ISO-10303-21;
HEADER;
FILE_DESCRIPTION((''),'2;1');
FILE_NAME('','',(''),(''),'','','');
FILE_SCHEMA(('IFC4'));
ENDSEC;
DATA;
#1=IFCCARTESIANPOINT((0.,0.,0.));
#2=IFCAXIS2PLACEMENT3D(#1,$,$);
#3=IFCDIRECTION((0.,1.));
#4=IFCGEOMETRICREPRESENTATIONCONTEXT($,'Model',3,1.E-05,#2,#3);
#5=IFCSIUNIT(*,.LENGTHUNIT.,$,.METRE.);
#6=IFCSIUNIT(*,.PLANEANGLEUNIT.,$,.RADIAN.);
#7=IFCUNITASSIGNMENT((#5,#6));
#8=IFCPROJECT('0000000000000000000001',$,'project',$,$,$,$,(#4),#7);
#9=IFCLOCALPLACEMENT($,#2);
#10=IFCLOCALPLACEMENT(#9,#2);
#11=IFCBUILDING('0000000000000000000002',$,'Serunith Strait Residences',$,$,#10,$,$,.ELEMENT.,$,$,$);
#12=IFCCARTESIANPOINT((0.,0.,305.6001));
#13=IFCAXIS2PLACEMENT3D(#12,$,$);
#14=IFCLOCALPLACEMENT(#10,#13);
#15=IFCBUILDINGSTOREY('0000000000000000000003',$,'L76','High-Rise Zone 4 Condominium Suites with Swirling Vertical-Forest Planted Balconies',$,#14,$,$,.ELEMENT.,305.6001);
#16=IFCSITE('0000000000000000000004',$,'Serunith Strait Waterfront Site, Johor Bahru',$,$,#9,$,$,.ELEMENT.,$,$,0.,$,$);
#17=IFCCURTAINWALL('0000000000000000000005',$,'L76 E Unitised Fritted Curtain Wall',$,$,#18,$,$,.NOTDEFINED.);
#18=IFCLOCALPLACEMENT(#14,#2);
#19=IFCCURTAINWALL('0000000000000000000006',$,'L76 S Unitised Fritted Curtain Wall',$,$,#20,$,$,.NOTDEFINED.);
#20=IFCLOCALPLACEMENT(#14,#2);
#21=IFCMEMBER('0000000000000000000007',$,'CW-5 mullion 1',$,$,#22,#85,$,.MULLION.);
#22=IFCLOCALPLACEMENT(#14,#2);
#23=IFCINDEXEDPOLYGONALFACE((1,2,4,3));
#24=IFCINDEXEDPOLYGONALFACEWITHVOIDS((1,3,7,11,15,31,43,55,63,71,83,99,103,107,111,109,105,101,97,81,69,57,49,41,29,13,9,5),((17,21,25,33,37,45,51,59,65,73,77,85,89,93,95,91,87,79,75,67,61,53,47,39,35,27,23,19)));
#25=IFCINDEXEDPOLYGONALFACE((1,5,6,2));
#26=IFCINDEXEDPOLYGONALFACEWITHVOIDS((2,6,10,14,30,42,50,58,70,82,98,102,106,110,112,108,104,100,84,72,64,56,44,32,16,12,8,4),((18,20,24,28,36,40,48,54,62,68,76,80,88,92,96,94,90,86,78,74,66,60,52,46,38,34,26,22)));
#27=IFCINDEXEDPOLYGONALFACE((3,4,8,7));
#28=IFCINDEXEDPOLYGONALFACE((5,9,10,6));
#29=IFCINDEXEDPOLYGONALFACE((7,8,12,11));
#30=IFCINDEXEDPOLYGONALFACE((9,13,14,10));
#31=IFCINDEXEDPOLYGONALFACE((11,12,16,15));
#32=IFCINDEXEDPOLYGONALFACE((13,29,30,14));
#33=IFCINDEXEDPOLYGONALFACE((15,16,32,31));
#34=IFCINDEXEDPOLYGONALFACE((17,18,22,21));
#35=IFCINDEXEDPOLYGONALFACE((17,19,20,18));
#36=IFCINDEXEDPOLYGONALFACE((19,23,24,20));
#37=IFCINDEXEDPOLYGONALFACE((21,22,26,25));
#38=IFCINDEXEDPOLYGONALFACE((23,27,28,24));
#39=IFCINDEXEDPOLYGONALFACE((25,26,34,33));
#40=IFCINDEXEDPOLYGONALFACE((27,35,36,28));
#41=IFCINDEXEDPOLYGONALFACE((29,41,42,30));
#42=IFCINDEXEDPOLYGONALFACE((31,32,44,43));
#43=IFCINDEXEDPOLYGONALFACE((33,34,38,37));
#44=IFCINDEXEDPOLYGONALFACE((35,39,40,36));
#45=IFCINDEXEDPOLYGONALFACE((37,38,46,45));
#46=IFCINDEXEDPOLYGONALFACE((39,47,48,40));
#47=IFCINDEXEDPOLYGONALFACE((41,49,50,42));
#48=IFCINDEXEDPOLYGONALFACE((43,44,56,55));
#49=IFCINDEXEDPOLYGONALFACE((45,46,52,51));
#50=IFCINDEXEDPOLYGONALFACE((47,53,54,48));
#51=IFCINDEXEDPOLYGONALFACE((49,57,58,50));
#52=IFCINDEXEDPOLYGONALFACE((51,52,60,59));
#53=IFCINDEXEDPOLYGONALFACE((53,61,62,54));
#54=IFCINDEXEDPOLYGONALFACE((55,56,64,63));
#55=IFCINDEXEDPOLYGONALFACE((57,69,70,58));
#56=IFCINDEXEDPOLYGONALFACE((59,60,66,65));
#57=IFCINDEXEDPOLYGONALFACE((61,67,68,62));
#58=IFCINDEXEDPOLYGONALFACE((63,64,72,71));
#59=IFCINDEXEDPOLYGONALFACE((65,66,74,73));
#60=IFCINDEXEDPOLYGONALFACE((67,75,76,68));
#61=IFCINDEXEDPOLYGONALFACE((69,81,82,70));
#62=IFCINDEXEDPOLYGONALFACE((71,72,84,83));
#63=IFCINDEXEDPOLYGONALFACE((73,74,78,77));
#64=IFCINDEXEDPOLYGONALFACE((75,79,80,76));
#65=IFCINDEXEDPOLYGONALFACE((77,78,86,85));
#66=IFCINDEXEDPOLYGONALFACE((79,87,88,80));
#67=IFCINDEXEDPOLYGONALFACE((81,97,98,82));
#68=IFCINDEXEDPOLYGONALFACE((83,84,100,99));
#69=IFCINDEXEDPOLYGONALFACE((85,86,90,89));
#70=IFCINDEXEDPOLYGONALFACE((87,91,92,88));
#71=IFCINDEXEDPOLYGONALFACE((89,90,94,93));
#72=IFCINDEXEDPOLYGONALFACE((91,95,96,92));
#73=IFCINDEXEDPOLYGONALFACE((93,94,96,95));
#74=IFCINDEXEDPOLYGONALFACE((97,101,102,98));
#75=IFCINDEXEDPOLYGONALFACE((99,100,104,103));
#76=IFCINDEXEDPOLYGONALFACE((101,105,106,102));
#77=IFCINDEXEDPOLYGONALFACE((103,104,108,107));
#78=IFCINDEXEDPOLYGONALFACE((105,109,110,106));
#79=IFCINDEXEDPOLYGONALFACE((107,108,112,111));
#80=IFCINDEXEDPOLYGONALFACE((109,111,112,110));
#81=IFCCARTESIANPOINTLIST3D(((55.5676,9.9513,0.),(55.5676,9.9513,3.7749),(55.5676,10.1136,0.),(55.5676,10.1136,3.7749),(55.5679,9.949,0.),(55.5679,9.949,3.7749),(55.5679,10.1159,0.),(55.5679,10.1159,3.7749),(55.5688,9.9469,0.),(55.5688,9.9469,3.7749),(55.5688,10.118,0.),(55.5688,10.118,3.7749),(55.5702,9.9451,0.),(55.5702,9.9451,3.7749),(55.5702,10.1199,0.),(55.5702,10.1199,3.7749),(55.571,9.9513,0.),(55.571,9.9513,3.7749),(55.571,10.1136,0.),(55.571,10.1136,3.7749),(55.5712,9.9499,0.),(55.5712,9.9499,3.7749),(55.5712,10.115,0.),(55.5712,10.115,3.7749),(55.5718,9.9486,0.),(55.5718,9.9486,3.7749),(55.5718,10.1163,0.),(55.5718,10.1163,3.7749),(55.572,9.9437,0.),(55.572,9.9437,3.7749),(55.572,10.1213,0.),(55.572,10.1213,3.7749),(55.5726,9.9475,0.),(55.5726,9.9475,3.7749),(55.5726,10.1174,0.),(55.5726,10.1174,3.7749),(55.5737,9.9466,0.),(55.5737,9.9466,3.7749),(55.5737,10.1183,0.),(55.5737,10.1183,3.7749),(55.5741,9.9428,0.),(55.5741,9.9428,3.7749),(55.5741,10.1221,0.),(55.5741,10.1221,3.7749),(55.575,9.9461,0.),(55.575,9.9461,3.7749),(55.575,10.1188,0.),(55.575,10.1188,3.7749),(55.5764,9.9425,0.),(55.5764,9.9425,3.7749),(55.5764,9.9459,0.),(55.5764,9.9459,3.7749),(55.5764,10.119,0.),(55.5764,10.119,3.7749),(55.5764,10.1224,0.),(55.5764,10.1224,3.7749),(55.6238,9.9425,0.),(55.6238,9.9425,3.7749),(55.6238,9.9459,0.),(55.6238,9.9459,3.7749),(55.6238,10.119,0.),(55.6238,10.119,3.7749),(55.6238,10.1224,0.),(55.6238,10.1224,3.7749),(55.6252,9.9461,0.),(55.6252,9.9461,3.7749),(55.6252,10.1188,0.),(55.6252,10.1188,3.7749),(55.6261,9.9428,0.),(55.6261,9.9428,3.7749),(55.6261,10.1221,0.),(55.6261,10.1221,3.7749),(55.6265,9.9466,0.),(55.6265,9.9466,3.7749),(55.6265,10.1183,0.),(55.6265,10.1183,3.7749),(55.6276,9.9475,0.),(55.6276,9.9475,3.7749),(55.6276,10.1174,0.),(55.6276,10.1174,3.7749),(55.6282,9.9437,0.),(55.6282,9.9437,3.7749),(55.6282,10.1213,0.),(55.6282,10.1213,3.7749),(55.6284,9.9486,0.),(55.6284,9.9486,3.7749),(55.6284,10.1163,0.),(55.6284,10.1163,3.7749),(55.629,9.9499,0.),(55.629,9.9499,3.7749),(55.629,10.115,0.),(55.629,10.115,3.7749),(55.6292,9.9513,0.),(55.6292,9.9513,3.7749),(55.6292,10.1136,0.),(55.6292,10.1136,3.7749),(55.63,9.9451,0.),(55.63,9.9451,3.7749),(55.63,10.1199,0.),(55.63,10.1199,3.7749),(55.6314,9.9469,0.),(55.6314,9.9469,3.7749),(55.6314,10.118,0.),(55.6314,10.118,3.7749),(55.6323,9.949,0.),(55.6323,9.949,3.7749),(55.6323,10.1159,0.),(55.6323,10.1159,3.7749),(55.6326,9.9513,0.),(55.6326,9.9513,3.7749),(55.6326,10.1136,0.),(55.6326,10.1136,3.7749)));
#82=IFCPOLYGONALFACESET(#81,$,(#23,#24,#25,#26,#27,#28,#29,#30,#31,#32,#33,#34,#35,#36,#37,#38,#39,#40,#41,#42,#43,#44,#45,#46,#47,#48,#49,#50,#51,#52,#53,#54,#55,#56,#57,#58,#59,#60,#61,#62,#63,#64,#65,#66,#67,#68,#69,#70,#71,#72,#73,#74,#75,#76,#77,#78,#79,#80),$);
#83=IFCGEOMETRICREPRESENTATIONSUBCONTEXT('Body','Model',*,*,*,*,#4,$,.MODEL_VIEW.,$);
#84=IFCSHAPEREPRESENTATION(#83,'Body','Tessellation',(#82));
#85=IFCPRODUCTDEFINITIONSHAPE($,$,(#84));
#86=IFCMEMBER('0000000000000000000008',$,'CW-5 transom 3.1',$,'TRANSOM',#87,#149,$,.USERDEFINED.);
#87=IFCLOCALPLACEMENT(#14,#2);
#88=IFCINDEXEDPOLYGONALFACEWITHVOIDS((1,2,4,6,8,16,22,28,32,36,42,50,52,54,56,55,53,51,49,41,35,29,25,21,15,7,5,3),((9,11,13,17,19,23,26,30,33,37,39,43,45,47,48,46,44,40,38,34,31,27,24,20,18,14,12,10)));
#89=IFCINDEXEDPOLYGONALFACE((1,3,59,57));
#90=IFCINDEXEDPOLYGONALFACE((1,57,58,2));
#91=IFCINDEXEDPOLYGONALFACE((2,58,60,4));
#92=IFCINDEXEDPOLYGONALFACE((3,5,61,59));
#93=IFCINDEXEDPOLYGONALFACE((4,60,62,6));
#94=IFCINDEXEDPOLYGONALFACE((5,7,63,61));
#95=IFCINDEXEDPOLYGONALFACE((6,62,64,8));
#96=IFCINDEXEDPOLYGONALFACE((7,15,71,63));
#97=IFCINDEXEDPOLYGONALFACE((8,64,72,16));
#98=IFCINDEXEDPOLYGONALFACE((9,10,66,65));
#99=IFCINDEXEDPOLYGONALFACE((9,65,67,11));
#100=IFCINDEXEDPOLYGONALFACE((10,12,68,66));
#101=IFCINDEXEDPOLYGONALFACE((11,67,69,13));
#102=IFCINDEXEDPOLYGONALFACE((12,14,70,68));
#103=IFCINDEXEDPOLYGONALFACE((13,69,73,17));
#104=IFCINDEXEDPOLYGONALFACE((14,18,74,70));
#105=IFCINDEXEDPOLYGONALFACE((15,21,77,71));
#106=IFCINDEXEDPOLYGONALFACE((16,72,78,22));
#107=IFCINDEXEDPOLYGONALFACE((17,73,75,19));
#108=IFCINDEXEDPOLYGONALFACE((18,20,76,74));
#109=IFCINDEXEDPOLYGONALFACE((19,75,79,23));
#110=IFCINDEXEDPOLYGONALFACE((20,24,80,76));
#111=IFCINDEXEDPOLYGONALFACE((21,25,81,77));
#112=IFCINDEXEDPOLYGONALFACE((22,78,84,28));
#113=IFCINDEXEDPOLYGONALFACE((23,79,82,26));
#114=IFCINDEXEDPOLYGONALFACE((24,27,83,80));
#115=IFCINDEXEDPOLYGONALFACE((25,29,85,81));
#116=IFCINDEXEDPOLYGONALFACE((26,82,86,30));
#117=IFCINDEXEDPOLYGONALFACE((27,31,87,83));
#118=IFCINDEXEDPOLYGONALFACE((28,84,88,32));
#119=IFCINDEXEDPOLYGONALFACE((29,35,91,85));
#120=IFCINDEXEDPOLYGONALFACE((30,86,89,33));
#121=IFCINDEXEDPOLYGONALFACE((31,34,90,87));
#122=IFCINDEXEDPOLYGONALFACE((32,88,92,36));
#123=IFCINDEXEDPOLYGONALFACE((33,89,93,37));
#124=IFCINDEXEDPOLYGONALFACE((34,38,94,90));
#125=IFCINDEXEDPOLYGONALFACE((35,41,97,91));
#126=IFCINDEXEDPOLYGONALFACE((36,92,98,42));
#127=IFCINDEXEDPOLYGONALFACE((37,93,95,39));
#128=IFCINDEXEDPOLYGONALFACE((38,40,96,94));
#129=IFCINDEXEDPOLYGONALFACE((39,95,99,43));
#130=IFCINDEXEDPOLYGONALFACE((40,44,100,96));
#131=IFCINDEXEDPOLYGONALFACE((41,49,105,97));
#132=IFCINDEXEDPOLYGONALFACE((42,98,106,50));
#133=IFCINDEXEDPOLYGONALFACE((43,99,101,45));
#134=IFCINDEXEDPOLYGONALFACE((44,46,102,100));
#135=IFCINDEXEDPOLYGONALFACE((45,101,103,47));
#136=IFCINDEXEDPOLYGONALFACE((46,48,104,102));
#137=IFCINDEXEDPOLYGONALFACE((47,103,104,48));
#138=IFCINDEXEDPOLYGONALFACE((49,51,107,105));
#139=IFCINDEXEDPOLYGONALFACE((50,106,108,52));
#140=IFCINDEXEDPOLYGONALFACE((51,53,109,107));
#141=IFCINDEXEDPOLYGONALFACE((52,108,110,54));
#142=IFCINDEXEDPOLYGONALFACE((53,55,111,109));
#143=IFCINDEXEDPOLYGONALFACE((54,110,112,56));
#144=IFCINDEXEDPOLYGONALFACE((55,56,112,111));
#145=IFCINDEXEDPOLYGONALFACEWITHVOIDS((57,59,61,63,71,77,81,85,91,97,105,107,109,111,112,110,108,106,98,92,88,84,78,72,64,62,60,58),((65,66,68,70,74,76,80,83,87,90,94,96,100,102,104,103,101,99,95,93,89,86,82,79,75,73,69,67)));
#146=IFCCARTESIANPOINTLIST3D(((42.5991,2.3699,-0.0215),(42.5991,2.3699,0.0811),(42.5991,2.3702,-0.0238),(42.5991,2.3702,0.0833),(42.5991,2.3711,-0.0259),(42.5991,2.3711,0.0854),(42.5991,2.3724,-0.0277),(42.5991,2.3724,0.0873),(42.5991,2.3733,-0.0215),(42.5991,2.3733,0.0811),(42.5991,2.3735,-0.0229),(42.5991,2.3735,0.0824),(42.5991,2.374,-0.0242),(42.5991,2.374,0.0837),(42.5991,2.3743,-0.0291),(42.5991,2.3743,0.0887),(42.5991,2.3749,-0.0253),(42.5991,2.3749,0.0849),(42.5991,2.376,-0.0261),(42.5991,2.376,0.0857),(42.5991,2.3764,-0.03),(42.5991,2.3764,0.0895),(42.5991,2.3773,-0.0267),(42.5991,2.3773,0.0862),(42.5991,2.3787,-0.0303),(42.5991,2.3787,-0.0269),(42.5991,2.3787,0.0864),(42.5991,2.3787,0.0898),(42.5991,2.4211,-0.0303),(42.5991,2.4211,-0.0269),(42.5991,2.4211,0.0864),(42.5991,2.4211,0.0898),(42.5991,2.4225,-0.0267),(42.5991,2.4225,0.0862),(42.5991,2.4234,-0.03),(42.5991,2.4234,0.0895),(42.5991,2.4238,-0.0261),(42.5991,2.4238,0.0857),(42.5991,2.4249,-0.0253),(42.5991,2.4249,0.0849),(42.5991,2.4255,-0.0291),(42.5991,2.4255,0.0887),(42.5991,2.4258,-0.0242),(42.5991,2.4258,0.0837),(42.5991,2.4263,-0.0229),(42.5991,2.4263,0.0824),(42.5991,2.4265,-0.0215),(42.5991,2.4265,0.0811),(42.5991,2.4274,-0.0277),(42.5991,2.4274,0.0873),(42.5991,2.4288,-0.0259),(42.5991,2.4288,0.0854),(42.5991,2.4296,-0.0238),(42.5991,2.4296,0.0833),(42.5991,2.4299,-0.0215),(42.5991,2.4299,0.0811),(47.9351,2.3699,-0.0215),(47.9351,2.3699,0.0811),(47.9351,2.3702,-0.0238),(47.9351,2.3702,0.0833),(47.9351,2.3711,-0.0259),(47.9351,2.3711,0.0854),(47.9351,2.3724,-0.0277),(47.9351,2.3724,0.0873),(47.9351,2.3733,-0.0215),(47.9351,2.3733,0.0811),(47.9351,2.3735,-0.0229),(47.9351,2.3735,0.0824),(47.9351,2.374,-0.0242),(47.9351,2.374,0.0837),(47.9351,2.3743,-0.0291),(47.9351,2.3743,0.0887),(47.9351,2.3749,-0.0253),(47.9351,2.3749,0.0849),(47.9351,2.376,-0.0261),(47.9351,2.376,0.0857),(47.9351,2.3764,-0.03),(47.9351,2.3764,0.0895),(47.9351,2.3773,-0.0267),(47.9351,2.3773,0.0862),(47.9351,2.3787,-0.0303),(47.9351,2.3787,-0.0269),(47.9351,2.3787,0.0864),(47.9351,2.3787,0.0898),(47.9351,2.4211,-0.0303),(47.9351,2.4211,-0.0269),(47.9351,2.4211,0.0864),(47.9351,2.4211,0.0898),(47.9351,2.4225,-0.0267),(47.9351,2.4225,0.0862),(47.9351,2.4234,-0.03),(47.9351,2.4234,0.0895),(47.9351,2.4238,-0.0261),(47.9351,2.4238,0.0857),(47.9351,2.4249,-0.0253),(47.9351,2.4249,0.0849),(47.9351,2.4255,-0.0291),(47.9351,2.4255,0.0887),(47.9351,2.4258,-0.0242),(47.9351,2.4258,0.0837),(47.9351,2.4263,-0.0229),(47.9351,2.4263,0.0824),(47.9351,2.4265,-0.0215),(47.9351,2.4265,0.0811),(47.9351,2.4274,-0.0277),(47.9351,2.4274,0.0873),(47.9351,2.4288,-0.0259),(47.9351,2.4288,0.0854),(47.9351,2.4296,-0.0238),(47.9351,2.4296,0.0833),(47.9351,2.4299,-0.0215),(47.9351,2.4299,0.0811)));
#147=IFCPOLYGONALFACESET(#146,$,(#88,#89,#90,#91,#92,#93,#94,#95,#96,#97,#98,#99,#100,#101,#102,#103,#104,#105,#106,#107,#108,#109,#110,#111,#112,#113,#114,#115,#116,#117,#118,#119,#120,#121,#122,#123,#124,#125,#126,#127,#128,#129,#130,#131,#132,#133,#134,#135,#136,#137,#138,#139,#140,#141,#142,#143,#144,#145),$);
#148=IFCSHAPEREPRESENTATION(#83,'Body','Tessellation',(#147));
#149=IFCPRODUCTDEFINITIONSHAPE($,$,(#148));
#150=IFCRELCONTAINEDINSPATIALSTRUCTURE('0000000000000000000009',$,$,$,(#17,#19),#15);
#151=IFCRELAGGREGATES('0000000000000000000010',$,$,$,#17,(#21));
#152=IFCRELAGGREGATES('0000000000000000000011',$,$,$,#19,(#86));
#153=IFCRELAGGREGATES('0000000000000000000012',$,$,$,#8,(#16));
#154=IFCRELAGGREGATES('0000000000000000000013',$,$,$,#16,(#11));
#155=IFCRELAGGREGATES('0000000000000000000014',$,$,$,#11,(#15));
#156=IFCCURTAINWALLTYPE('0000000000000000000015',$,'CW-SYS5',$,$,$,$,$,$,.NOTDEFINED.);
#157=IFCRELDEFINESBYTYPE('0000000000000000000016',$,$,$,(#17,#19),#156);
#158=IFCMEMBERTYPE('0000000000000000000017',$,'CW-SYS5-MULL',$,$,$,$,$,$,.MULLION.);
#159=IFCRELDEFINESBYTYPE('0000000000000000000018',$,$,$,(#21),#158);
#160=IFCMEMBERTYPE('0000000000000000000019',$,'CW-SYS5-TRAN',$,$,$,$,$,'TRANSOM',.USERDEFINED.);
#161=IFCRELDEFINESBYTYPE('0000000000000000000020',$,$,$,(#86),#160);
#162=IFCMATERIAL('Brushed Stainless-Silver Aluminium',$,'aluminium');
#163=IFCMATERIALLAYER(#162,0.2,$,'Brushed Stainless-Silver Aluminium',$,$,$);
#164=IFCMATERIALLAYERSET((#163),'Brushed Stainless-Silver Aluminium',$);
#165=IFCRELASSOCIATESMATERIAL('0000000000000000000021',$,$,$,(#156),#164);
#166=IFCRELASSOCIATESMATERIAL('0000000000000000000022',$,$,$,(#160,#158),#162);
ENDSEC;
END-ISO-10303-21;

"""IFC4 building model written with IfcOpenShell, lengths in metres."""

from ifc_helpers import new_model, si_unit, direction, frame, origin, origin_2d, place, context, subcontext, project, spatial, hollow_rectangle, extrude, source, transform, mapped, material, layer, layer_set, material_profile, profile_set, type_object, element, aggregate, save


model = new_model("IFC4")

# Units and contexts
model_context = context("Model", 3, precision=1e-05, world=origin(), true_north=direction((0.0, 1.0)))
body_context = subcontext(model_context, "Body", "Model", "MODEL_VIEW")
ifc_project = project(units=[si_unit("LENGTHUNIT", "METRE"), si_unit("PLANEANGLEUNIT", "RADIAN")], contexts=[model_context])

# Site, building, storey
site_placement = place(None, origin())
site = spatial("IfcSite", under=ifc_project, at=site_placement, Name="Serunith Strait Waterfront Site, Johor Bahru", CompositionType="ELEMENT", RefElevation=0.0)
building_placement = place(site_placement, origin())
building = spatial("IfcBuilding", under=site, at=building_placement, Name="Serunith Strait Residences", CompositionType="ELEMENT")
storey_placement = place(building_placement, frame((0.0, 0.0, 305.6001)))
storey = spatial("IfcBuildingStorey", under=building, at=storey_placement, Name="L76", Description="High-Rise Zone 4 Condominium Suites with Swirling Vertical-Forest Planted Balconies", CompositionType="ELEMENT", Elevation=305.6001)

# Curtain walls
ifc_material_1 = material(Name="Brushed Stainless-Silver Aluminium", Category="aluminium")
ifc_layer_1 = layer(ifc_material_1, 0.2, Name="Brushed Stainless-Silver Aluminium")
ifc_layer_set_1 = layer_set([ifc_layer_1], Name="Brushed Stainless-Silver Aluminium")
curtain_wall_type = type_object("IfcCurtainWallType", Name="CW-SYS5", PredefinedType="NOTDEFINED", material=ifc_layer_set_1)
curtain_wall_1_placement = place(storey_placement, origin())
curtain_wall_1 = element("IfcCurtainWall", 1, at=curtain_wall_1_placement, inside=storey, type_object=curtain_wall_type, Name="L76 E Unitised Fritted Curtain Wall", PredefinedType="NOTDEFINED")
ifc_material_profile_1 = material_profile(ifc_material_1, hollow_rectangle(XDim=0.0601, YDim=0.1201, WallThickness=0.0034, InnerFilletRadius=0.0054, OuterFilletRadius=0.0088, at=origin_2d()), Name="ALU 120x60x3.5")
ifc_profile_set_1 = profile_set([ifc_material_profile_1], Name="Brushed Stainless-Silver Aluminium")
member_type_1 = type_object("IfcMemberType", Name="CW-SYS5-TRAN", ElementType="TRANSOM", PredefinedType="USERDEFINED", material=ifc_profile_set_1)
curtain_wall_2_placement = place(storey_placement, origin())
curtain_wall_2 = element("IfcCurtainWall", 2, at=curtain_wall_2_placement, inside=storey, type_object=curtain_wall_type, Name="L76 S Unitised Fritted Curtain Wall", PredefinedType="NOTDEFINED")
ifc_material_profile_2 = material_profile(ifc_material_1, hollow_rectangle(XDim=0.0649, YDim=0.1799, WallThickness=0.0034, InnerFilletRadius=0.0054, OuterFilletRadius=0.0088, at=origin_2d()), Name="ALU 180x65x3.5")
ifc_profile_set_2 = profile_set([ifc_material_profile_2], Name="Brushed Stainless-Silver Aluminium")
member_type_2 = type_object("IfcMemberType", Name="CW-SYS5-MULL", PredefinedType="MULLION", material=ifc_profile_set_2)
shared_shape_1 = source(origin(), body_context, "Body", "SweptSolid", [
    extrude(hollow_rectangle(XDim=0.0649, YDim=0.1799, WallThickness=0.0034, InnerFilletRadius=0.0054, OuterFilletRadius=0.0088, at=origin_2d()), origin(), (0.0, 0.0, 1.0), 3.7749),
])

# Members
member_1_placement = place(storey_placement, frame((55.6001, 10.0325, 0.0), z_axis=(0.0, 0.0, 1.0), x_axis=(-1.0, 0.0, 0.0)))
member_1 = element("IfcMember", 3, at=member_1_placement, type_object=member_type_2, Name="CW-5 mullion 1", PredefinedType="MULLION", context=body_context, shape_type="MappedRepresentation", body=[
    mapped(shared_shape_1, transform((0.0, 0.0, 0.0), scale=1.0)),
])
aggregate(curtain_wall_1, [member_1])
shared_shape_2 = source(origin(), body_context, "Body", "SweptSolid", [
    extrude(hollow_rectangle(XDim=0.0601, YDim=0.1201, WallThickness=0.0034, InnerFilletRadius=0.0054, OuterFilletRadius=0.0088, at=origin_2d()), origin(), (0.0, 0.0, 1.0), 5.3359),
])
member_2_placement = place(storey_placement, frame((42.5991, 2.3999, 0.0298), z_axis=(1.0, 0.0, 0.0), x_axis=(0.0, 1.0, 0.0)))
member_2 = element("IfcMember", 4, at=member_2_placement, type_object=member_type_1, Name="CW-5 transom 3.1", ObjectType="TRANSOM", PredefinedType="USERDEFINED", context=body_context, shape_type="MappedRepresentation", body=[
    mapped(shared_shape_2, transform((0.0, 0.0, 0.0), scale=1.0)),
])

aggregate(curtain_wall_2, [member_2])

save(model, "model.ifc")
